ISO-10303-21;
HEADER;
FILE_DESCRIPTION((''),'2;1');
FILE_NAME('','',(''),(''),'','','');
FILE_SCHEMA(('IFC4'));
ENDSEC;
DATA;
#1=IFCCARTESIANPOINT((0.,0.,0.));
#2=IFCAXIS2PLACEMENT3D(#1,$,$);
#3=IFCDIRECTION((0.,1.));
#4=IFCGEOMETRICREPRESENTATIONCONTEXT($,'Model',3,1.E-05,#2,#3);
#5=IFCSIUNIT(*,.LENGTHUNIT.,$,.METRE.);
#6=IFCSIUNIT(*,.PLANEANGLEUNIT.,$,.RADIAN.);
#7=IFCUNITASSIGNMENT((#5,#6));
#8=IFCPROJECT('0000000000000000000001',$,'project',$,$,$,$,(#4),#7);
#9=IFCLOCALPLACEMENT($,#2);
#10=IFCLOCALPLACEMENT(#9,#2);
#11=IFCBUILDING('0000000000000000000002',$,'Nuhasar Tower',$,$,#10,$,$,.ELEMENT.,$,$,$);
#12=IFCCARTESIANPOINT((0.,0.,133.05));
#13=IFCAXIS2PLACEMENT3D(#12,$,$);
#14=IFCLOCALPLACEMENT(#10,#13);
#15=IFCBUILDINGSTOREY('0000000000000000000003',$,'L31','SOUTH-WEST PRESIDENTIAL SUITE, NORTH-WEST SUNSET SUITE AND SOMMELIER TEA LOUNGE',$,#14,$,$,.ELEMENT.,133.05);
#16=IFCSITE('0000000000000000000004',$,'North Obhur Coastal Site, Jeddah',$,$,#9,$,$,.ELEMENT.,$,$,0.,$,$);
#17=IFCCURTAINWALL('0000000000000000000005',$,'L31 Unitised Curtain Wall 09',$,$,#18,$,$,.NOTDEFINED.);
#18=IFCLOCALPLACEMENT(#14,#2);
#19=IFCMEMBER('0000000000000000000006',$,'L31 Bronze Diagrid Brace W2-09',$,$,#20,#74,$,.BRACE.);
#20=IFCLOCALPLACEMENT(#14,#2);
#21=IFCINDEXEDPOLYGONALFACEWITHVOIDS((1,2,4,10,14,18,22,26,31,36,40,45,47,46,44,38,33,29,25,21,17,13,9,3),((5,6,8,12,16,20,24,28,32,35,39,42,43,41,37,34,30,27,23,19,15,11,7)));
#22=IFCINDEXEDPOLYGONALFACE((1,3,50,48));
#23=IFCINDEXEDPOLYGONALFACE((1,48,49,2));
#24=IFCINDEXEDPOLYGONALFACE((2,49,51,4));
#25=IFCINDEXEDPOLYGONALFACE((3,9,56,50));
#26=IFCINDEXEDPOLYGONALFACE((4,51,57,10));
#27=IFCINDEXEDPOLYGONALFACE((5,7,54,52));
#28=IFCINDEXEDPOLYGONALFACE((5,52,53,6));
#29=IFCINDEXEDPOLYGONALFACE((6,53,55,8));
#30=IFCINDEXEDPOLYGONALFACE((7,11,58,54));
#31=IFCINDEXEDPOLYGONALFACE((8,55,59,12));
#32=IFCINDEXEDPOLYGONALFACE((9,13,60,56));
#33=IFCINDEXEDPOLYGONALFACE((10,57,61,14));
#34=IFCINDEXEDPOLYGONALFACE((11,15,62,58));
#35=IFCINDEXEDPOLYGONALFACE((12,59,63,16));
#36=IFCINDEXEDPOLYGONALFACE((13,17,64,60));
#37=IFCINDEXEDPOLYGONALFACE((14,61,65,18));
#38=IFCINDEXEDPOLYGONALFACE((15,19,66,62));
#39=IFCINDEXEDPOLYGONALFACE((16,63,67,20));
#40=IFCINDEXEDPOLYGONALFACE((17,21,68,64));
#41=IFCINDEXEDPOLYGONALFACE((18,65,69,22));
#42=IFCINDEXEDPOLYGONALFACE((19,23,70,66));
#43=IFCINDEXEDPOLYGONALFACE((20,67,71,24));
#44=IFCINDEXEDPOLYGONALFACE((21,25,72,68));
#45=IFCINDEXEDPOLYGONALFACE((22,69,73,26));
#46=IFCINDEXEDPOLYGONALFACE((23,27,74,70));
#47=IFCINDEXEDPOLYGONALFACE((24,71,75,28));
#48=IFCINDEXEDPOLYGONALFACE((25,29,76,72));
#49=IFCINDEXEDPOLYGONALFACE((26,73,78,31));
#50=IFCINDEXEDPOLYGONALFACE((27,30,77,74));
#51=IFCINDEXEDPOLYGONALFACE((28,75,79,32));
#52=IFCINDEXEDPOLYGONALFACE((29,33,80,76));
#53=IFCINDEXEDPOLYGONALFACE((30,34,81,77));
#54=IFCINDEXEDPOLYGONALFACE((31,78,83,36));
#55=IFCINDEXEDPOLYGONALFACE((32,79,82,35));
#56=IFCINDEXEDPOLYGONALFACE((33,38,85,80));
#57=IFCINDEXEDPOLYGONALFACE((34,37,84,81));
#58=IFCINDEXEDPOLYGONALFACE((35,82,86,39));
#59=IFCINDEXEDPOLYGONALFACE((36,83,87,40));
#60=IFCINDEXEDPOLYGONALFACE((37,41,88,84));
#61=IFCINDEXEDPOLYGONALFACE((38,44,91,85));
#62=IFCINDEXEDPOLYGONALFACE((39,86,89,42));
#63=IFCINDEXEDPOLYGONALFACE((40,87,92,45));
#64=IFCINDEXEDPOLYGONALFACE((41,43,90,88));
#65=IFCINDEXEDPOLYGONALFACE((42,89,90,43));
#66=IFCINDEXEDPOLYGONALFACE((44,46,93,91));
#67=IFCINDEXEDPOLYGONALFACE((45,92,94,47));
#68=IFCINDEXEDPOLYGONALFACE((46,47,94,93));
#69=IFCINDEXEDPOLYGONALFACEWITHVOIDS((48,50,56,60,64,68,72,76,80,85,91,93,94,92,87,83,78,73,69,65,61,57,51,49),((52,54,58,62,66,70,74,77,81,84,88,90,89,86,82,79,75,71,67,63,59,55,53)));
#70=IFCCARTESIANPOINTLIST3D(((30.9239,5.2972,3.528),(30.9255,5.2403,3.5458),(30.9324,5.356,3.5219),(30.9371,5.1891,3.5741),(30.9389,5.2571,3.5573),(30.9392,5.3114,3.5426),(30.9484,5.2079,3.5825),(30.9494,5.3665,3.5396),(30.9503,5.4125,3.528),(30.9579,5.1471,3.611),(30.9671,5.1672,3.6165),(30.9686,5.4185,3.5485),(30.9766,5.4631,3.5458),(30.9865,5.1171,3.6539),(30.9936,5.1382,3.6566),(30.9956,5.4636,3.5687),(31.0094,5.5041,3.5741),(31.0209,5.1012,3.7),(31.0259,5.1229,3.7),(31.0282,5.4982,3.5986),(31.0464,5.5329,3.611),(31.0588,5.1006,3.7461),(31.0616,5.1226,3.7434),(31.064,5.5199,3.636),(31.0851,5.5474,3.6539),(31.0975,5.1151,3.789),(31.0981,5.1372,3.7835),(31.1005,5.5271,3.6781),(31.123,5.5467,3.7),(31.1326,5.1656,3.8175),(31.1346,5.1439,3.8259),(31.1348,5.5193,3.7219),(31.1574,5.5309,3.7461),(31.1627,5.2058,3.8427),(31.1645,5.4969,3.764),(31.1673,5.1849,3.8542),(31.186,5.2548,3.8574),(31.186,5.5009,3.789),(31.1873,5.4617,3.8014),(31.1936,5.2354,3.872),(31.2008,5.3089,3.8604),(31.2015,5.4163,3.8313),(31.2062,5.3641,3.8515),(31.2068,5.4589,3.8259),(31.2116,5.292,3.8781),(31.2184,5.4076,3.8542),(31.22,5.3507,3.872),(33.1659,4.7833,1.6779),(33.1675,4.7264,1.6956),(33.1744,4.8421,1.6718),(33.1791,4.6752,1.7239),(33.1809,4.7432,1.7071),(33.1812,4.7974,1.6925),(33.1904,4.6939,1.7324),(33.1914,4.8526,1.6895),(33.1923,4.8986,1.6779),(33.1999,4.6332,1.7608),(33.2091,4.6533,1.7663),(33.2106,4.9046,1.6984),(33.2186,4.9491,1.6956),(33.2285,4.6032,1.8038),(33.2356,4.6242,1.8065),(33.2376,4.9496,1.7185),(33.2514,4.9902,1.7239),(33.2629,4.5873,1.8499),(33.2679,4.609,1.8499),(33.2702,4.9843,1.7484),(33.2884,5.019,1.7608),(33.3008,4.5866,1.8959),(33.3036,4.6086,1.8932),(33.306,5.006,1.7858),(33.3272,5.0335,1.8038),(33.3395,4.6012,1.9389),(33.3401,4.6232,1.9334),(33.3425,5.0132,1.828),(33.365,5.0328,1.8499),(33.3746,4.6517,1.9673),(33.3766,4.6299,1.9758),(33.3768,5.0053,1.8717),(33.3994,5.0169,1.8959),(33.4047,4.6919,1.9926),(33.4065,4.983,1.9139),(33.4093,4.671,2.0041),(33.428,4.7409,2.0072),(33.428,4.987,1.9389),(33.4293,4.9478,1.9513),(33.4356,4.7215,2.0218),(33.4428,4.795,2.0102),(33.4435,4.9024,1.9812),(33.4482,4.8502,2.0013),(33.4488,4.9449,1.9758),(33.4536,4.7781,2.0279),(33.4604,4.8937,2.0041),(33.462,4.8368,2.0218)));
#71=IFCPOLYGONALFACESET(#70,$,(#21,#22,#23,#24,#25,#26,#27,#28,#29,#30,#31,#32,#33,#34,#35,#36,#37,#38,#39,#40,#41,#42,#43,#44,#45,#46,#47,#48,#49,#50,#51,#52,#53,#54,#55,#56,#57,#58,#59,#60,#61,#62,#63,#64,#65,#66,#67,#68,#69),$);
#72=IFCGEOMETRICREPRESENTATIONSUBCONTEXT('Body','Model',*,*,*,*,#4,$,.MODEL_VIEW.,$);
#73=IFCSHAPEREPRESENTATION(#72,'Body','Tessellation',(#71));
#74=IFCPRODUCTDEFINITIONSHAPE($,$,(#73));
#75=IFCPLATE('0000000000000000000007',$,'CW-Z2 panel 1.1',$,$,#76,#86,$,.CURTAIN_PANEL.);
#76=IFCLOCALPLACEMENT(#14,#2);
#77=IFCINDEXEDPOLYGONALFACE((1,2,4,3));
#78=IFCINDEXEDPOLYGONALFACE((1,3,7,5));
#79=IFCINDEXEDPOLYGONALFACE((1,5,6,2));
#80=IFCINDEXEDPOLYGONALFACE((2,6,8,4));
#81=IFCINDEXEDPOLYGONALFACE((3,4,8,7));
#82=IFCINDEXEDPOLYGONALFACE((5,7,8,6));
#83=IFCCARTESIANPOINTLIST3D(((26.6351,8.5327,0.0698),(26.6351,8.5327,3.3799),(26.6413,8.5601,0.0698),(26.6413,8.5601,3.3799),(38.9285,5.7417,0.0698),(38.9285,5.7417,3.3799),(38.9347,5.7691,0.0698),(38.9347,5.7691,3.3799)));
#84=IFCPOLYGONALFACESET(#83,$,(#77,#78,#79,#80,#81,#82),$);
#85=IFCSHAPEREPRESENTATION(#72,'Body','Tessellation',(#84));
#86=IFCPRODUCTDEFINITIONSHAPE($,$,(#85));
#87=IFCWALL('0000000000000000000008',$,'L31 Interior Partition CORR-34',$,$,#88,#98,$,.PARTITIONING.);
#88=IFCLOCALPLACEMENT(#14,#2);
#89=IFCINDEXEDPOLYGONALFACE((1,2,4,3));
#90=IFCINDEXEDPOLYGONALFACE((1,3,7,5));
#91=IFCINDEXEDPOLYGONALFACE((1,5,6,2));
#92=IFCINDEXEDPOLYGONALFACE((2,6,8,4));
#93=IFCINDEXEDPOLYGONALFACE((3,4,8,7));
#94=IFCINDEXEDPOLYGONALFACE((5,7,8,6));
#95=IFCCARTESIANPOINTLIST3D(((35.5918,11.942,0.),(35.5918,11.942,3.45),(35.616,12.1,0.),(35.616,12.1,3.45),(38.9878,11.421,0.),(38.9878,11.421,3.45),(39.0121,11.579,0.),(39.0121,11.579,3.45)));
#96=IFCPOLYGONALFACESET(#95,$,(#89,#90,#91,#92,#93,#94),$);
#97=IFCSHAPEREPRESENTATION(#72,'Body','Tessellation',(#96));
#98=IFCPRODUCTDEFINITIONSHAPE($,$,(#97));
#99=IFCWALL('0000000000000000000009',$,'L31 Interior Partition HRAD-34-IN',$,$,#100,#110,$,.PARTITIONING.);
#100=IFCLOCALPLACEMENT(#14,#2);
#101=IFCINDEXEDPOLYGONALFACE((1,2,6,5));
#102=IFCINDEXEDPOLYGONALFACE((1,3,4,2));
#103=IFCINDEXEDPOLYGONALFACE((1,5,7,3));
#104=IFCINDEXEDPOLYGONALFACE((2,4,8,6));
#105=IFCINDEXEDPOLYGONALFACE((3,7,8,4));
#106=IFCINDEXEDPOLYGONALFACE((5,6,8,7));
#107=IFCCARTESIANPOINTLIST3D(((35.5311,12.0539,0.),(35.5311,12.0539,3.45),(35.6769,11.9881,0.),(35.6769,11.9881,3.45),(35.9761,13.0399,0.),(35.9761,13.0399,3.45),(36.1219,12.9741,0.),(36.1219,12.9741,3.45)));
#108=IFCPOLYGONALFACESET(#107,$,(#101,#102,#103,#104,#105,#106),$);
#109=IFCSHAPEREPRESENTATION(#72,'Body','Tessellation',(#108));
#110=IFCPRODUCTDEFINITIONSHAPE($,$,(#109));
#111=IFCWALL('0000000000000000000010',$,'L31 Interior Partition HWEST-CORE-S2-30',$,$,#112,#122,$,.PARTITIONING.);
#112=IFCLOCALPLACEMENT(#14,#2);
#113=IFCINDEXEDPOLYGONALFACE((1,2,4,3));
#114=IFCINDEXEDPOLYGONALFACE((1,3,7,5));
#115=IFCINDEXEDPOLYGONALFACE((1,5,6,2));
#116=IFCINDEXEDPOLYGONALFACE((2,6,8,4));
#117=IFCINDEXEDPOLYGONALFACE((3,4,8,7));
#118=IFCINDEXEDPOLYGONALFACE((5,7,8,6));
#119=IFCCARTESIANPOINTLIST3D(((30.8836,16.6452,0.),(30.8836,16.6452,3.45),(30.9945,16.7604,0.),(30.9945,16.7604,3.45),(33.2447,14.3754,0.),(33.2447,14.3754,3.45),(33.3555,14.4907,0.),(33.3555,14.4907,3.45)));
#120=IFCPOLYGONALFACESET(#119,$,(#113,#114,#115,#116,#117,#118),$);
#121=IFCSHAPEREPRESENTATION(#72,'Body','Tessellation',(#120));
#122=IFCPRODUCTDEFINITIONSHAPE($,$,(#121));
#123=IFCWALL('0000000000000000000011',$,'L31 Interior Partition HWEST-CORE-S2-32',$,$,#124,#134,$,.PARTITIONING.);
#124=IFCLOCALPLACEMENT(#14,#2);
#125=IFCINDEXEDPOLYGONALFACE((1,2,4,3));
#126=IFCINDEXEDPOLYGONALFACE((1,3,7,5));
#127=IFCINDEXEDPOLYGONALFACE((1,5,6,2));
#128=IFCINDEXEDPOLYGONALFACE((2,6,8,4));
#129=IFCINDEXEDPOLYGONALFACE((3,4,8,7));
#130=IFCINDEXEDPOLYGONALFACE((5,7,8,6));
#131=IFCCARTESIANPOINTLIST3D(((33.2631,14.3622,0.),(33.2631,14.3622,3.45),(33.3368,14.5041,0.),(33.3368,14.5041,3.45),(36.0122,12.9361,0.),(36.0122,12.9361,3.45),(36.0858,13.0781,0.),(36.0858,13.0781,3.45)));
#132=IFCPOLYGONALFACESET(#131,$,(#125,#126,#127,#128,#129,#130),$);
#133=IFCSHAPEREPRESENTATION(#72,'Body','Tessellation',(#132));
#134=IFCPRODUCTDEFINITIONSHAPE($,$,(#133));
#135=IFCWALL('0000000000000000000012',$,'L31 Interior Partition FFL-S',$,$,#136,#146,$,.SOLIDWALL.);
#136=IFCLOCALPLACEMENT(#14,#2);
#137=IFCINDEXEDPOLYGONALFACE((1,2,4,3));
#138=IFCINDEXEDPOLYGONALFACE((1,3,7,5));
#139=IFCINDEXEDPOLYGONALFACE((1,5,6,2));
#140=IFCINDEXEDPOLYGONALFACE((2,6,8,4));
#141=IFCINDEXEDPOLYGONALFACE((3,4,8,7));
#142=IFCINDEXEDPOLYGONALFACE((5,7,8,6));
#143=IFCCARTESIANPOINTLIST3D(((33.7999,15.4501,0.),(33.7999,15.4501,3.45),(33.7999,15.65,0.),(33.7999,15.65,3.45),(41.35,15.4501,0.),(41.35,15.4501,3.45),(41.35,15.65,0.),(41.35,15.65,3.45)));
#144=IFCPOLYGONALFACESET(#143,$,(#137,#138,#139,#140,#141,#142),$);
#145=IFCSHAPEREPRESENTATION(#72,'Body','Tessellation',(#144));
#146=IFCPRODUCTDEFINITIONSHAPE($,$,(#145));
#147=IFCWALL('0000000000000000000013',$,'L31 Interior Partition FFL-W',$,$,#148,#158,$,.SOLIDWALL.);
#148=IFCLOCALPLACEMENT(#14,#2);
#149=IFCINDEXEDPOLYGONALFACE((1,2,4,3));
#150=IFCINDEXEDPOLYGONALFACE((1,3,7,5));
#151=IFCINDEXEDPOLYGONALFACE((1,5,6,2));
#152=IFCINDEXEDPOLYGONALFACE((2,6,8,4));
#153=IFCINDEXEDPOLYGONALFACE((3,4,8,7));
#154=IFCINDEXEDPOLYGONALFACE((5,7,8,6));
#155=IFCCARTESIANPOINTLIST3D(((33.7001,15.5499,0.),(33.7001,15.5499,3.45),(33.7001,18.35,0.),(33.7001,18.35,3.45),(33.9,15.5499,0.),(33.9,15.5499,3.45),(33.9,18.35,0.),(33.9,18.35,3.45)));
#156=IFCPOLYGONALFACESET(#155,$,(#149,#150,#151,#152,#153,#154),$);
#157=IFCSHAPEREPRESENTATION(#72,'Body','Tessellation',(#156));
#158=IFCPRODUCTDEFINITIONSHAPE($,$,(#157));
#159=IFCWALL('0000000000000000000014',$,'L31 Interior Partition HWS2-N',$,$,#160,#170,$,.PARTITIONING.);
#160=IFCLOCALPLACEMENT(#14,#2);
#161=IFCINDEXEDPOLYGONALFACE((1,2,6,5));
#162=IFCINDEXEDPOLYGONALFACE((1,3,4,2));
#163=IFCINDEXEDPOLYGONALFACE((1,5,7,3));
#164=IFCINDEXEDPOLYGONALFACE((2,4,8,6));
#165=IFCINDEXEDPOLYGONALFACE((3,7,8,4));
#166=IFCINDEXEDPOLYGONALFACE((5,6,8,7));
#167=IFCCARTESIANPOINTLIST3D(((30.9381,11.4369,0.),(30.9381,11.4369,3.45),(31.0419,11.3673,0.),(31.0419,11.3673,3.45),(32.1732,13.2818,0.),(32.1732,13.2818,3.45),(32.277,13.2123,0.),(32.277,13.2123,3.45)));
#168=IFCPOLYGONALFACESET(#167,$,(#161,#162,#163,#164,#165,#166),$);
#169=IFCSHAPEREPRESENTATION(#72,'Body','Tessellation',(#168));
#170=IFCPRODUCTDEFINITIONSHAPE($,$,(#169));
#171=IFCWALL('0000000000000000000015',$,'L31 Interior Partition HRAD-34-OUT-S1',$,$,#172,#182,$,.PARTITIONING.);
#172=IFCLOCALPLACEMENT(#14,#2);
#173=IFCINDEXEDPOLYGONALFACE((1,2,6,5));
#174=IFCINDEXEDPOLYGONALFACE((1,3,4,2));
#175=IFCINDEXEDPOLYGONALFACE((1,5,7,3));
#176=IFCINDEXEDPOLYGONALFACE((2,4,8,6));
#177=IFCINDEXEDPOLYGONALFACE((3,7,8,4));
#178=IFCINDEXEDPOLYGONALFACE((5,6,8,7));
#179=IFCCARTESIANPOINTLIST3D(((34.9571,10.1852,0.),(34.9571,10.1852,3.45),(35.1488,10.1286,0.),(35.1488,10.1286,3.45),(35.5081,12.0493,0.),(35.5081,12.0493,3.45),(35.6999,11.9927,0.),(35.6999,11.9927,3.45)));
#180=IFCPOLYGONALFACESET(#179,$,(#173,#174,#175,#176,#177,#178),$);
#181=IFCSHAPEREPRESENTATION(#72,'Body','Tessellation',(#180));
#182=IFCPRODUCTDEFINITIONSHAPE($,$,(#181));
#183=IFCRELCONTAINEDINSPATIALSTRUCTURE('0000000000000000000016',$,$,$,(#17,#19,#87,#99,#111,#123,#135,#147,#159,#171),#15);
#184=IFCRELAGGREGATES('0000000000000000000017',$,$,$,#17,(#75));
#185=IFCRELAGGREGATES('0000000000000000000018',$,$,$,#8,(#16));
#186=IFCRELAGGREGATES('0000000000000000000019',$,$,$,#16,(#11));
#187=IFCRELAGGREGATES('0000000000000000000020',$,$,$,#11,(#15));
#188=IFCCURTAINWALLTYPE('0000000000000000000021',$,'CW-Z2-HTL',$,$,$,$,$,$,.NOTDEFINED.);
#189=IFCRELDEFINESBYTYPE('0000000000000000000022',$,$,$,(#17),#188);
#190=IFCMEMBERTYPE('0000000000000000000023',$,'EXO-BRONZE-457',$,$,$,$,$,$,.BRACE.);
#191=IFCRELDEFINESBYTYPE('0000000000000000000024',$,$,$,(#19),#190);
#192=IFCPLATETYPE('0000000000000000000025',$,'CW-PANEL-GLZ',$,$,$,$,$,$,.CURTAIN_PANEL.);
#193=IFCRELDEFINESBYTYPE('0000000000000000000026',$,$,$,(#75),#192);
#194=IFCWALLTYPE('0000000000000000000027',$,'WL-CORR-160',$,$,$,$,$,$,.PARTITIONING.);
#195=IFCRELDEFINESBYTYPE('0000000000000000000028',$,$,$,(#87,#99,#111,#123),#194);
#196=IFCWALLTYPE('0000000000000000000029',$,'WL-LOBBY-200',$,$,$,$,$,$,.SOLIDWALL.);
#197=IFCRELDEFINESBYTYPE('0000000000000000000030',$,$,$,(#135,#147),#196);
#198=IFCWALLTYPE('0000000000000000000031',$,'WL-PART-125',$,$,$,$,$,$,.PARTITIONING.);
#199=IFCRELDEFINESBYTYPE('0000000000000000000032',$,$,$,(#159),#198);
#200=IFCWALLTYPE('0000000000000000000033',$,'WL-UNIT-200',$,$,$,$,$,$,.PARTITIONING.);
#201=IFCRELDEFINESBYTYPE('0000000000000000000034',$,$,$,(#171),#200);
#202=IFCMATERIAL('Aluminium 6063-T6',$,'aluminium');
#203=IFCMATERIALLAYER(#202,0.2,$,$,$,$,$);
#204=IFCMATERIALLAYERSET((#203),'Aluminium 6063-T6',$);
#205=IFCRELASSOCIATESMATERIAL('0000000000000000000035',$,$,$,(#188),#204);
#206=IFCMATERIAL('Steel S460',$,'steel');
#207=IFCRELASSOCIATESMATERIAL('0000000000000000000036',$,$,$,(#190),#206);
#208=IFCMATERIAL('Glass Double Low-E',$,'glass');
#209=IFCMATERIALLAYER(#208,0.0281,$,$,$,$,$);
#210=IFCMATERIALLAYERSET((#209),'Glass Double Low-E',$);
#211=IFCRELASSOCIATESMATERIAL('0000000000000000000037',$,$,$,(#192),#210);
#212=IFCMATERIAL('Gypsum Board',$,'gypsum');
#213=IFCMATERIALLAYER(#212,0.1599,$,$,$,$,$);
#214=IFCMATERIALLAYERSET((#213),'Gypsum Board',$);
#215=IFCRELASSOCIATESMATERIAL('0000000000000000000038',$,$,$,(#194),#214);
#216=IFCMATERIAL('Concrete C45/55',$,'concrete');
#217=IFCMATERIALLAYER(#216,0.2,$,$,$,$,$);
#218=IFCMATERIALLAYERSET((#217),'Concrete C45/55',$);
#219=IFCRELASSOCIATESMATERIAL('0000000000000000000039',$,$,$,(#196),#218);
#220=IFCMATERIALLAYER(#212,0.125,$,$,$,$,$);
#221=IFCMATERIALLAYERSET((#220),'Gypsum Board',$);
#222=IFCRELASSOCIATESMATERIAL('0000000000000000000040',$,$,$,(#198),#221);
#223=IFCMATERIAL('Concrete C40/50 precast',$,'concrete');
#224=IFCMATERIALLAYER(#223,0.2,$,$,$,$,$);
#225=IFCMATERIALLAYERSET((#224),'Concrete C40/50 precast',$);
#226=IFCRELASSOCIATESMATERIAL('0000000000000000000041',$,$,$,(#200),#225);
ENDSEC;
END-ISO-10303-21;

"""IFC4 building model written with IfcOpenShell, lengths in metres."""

from ifc_helpers import new_model, si_unit, direction, frame, frame_2d, origin, origin_2d, place, context, subcontext, project, spatial, rectangle, hollow_circle, extrude, material, layer, layer_set, material_profile, profile_set, type_object, element, aggregate, save


model = new_model("IFC4")

# Units and contexts
model_context = context("Model", 3, precision=1e-05, world=origin(), true_north=direction((0.0, 1.0)))
body_context = subcontext(model_context, "Body", "Model", "MODEL_VIEW")
ifc_project = project(units=[si_unit("LENGTHUNIT", "METRE"), si_unit("PLANEANGLEUNIT", "RADIAN")], contexts=[model_context])

# Site, building, storey
site_placement = place(None, origin())
site = spatial("IfcSite", under=ifc_project, at=site_placement, Name="North Obhur Coastal Site, Jeddah", CompositionType="ELEMENT", RefElevation=0.0)
building_placement = place(site_placement, origin())
building = spatial("IfcBuilding", under=site, at=building_placement, Name="Nuhasar Tower", CompositionType="ELEMENT")
storey_placement = place(building_placement, frame((0.0, 0.0, 133.05)))
storey = spatial("IfcBuildingStorey", under=building, at=storey_placement, Name="L31", Description="SOUTH-WEST PRESIDENTIAL SUITE, NORTH-WEST SUNSET SUITE AND SOMMELIER TEA LOUNGE", CompositionType="ELEMENT", Elevation=133.05)

# Curtain wall
ifc_material_1 = material(Name="Aluminium 6063-T6", Category="aluminium")
ifc_layer_1 = layer(ifc_material_1, 0.2)
ifc_layer_set_1 = layer_set([ifc_layer_1], Name="Aluminium 6063-T6")
curtain_wall_type = type_object("IfcCurtainWallType", Name="CW-Z2-HTL", PredefinedType="NOTDEFINED", material=ifc_layer_set_1)
curtain_wall_placement = place(storey_placement, origin())
curtain_wall = element("IfcCurtainWall", 1, at=curtain_wall_placement, inside=storey, type_object=curtain_wall_type, Name="L31 Unitised Curtain Wall 09", PredefinedType="NOTDEFINED")

# Member
ifc_material_2 = material(Name="Steel S460", Category="steel")
ifc_material_profile_1 = material_profile(ifc_material_2, hollow_circle(Radius=0.2285, WallThickness=0.0222, at=origin_2d()), Name="HSS457X22.2")
ifc_profile_set_1 = profile_set([ifc_material_profile_1], Name="Steel S460")
member_type_1 = type_object("IfcMemberType", Name="EXO-BRONZE-457", PredefinedType="BRACE", material=ifc_profile_set_1)
member_1_placement = place(storey_placement, frame((33.314, 4.8101, 1.8499), z_axis=(-0.75951, 0.174101, 0.626764), x_axis=(-0.223433, -0.974719, 0.0)))
element("IfcMember", 2, at=member_1_placement, inside=storey, type_object=member_type_1, Name="L31 Bronze Diagrid Brace W2-09", PredefinedType="BRACE", context=body_context, shape_type="SweptSolid", body=[
    extrude(hollow_circle(Radius=0.2285, WallThickness=0.0222, at=origin_2d()), origin(), (0.0, 0.0, 1.0), 2.9519),
])

# Plate
ifc_material_3 = material(Name="Glass Double Low-E", Category="glass")
ifc_layer_2 = layer(ifc_material_3, 0.0281)
ifc_layer_set_2 = layer_set([ifc_layer_2], Name="Glass Double Low-E")
plate_type = type_object("IfcPlateType", Name="CW-PANEL-GLZ", PredefinedType="CURTAIN_PANEL", material=ifc_layer_set_2)
plate_placement = place(storey_placement, frame((32.7849, 7.1509, 0.0698), z_axis=(0.0, 0.0, 1.0), x_axis=(0.975184, -0.221397, 0.0)))
plate = element("IfcPlate", 3, at=plate_placement, type_object=plate_type, Name="CW-Z2 panel 1.1", PredefinedType="CURTAIN_PANEL", context=body_context, shape_type="SweptSolid", body=[
    extrude(rectangle(XDim=12.6062, YDim=0.0281, at=origin_2d()), origin(), (0.0, 0.0, 1.0), 3.3101),
])
aggregate(curtain_wall, [plate])

# Walls
ifc_material_4 = material(Name="Gypsum Board", Category="gypsum")
ifc_layer_3 = layer(ifc_material_4, 0.1599)
ifc_layer_set_3 = layer_set([ifc_layer_3], Name="Gypsum Board")
wall_type_1 = type_object("IfcWallType", Name="WL-CORR-160", PredefinedType="PARTITIONING", material=ifc_layer_set_3)
wall_1_placement = place(storey_placement, frame((35.604, 12.021, 0.0), z_axis=(0.0, 0.0, 1.0), x_axis=(0.988436, -0.151641, 0.0)))
element("IfcWall", 4, at=wall_1_placement, inside=storey, type_object=wall_type_1, Name="L31 Interior Partition CORR-34", PredefinedType="PARTITIONING", context=body_context, shape_type="SweptSolid", body=[
    extrude(rectangle(XDim=3.4358, YDim=0.1599, at=frame_2d((1.7178, 0.0))), origin(), (0.0, 0.0, 1.0), 3.45),
])
wall_2_placement = place(storey_placement, frame((36.0491, 13.0071, 0.0), z_axis=(0.0, 0.0, 1.0), x_axis=(-0.411387, -0.911461, 0.0)))
element("IfcWall", 5, at=wall_2_placement, inside=storey, type_object=wall_type_1, Name="L31 Interior Partition HRAD-34-IN", PredefinedType="PARTITIONING", context=body_context, shape_type="SweptSolid", body=[
    extrude(rectangle(XDim=1.0818, YDim=0.1599, at=frame_2d((0.541, 0.0))), origin(), (0.0, 0.0, 1.0), 3.45),
])
wall_3_placement = place(storey_placement, frame((30.939, 16.7029, 0.0), z_axis=(0.0, 0.0, 1.0), x_axis=(0.720909, -0.69303, 0.0)))
element("IfcWall", 6, at=wall_3_placement, inside=storey, type_object=wall_type_1, Name="L31 Interior Partition HWEST-CORE-S2-30", PredefinedType="PARTITIONING", context=body_context, shape_type="SweptSolid", body=[
    extrude(rectangle(XDim=3.2751, YDim=0.1599, at=frame_2d((1.6377, 0.0))), origin(), (0.0, 0.0, 1.0), 3.45),
])
wall_4_placement = place(storey_placement, frame((33.3, 14.4331, 0.0), z_axis=(0.0, 0.0, 1.0), x_axis=(0.887675, -0.460471, 0.0)))
element("IfcWall", 7, at=wall_4_placement, inside=storey, type_object=wall_type_1, Name="L31 Interior Partition HWEST-CORE-S2-32", PredefinedType="PARTITIONING", context=body_context, shape_type="SweptSolid", body=[
    extrude(rectangle(XDim=3.0969, YDim=0.1599, at=frame_2d((1.5483, 0.0))), origin(), (0.0, 0.0, 1.0), 3.45),
])
ifc_material_5 = material(Name="Concrete C45/55", Category="concrete")
ifc_layer_4 = layer(ifc_material_5, 0.2)
ifc_layer_set_4 = layer_set([ifc_layer_4], Name="Concrete C45/55")
wall_type_2 = type_object("IfcWallType", Name="WL-LOBBY-200", PredefinedType="SOLIDWALL", material=ifc_layer_set_4)
wall_5_placement = place(storey_placement, frame((33.8, 15.55, 0.0), z_axis=(0.0, 0.0, 1.0), x_axis=(1.0, 0.0, 0.0)))
element("IfcWall", 8, at=wall_5_placement, inside=storey, type_object=wall_type_2, Name="L31 Interior Partition FFL-S", PredefinedType="SOLIDWALL", context=body_context, shape_type="SweptSolid", body=[
    extrude(rectangle(XDim=7.55, YDim=0.2, at=frame_2d((3.7749, 0.0))), origin(), (0.0, 0.0, 1.0), 3.45),
])
wall_6_placement = place(storey_placement, frame((33.8, 15.55, 0.0), z_axis=(0.0, 0.0, 1.0), x_axis=(0.0, 1.0, 0.0)))
element("IfcWall", 9, at=wall_6_placement, inside=storey, type_object=wall_type_2, Name="L31 Interior Partition FFL-W", PredefinedType="SOLIDWALL", context=body_context, shape_type="SweptSolid", body=[
    extrude(rectangle(XDim=2.8, YDim=0.2, at=frame_2d((1.3999, 0.0))), origin(), (0.0, 0.0, 1.0), 3.45),
])
ifc_layer_5 = layer(ifc_material_4, 0.125)
ifc_layer_set_5 = layer_set([ifc_layer_5], Name="Gypsum Board")
wall_type_3 = type_object("IfcWallType", Name="WL-PART-125", PredefinedType="PARTITIONING", material=ifc_layer_set_5)
wall_7_placement = place(storey_placement, frame((32.2251, 13.2471, 0.0), z_axis=(0.0, 0.0, 1.0), x_axis=(-0.556298, -0.830983, 0.0)))
element("IfcWall", 10, at=wall_7_placement, inside=storey, type_object=wall_type_3, Name="L31 Interior Partition HWS2-N", PredefinedType="PARTITIONING", context=body_context, shape_type="SweptSolid", body=[
    extrude(rectangle(XDim=2.2202, YDim=0.125, at=frame_2d((1.1101, 0.0))), origin(), (0.0, 0.0, 1.0), 3.45),
])
ifc_material_6 = material(Name="Concrete C40/50 precast", Category="concrete")
ifc_layer_6 = layer(ifc_material_6, 0.2)
ifc_layer_set_6 = layer_set([ifc_layer_6], Name="Concrete C40/50 precast")
wall_type_4 = type_object("IfcWallType", Name="WL-UNIT-200", PredefinedType="PARTITIONING", material=ifc_layer_set_6)
wall_8_placement = place(storey_placement, frame((35.604, 12.021, 0.0), z_axis=(0.0, 0.0, 1.0), x_axis=(-0.283485, -0.958977, 0.0)))
element("IfcWall", 11, at=wall_8_placement, inside=storey, type_object=wall_type_4, Name="L31 Interior Partition HRAD-34-OUT-S1", PredefinedType="PARTITIONING", context=body_context, shape_type="SweptSolid", body=[
    extrude(rectangle(XDim=1.9438, YDim=0.2, at=frame_2d((0.9719, 0.0))), origin(), (0.0, 0.0, 1.0), 3.45),
])

save(model, "model.ifc")
